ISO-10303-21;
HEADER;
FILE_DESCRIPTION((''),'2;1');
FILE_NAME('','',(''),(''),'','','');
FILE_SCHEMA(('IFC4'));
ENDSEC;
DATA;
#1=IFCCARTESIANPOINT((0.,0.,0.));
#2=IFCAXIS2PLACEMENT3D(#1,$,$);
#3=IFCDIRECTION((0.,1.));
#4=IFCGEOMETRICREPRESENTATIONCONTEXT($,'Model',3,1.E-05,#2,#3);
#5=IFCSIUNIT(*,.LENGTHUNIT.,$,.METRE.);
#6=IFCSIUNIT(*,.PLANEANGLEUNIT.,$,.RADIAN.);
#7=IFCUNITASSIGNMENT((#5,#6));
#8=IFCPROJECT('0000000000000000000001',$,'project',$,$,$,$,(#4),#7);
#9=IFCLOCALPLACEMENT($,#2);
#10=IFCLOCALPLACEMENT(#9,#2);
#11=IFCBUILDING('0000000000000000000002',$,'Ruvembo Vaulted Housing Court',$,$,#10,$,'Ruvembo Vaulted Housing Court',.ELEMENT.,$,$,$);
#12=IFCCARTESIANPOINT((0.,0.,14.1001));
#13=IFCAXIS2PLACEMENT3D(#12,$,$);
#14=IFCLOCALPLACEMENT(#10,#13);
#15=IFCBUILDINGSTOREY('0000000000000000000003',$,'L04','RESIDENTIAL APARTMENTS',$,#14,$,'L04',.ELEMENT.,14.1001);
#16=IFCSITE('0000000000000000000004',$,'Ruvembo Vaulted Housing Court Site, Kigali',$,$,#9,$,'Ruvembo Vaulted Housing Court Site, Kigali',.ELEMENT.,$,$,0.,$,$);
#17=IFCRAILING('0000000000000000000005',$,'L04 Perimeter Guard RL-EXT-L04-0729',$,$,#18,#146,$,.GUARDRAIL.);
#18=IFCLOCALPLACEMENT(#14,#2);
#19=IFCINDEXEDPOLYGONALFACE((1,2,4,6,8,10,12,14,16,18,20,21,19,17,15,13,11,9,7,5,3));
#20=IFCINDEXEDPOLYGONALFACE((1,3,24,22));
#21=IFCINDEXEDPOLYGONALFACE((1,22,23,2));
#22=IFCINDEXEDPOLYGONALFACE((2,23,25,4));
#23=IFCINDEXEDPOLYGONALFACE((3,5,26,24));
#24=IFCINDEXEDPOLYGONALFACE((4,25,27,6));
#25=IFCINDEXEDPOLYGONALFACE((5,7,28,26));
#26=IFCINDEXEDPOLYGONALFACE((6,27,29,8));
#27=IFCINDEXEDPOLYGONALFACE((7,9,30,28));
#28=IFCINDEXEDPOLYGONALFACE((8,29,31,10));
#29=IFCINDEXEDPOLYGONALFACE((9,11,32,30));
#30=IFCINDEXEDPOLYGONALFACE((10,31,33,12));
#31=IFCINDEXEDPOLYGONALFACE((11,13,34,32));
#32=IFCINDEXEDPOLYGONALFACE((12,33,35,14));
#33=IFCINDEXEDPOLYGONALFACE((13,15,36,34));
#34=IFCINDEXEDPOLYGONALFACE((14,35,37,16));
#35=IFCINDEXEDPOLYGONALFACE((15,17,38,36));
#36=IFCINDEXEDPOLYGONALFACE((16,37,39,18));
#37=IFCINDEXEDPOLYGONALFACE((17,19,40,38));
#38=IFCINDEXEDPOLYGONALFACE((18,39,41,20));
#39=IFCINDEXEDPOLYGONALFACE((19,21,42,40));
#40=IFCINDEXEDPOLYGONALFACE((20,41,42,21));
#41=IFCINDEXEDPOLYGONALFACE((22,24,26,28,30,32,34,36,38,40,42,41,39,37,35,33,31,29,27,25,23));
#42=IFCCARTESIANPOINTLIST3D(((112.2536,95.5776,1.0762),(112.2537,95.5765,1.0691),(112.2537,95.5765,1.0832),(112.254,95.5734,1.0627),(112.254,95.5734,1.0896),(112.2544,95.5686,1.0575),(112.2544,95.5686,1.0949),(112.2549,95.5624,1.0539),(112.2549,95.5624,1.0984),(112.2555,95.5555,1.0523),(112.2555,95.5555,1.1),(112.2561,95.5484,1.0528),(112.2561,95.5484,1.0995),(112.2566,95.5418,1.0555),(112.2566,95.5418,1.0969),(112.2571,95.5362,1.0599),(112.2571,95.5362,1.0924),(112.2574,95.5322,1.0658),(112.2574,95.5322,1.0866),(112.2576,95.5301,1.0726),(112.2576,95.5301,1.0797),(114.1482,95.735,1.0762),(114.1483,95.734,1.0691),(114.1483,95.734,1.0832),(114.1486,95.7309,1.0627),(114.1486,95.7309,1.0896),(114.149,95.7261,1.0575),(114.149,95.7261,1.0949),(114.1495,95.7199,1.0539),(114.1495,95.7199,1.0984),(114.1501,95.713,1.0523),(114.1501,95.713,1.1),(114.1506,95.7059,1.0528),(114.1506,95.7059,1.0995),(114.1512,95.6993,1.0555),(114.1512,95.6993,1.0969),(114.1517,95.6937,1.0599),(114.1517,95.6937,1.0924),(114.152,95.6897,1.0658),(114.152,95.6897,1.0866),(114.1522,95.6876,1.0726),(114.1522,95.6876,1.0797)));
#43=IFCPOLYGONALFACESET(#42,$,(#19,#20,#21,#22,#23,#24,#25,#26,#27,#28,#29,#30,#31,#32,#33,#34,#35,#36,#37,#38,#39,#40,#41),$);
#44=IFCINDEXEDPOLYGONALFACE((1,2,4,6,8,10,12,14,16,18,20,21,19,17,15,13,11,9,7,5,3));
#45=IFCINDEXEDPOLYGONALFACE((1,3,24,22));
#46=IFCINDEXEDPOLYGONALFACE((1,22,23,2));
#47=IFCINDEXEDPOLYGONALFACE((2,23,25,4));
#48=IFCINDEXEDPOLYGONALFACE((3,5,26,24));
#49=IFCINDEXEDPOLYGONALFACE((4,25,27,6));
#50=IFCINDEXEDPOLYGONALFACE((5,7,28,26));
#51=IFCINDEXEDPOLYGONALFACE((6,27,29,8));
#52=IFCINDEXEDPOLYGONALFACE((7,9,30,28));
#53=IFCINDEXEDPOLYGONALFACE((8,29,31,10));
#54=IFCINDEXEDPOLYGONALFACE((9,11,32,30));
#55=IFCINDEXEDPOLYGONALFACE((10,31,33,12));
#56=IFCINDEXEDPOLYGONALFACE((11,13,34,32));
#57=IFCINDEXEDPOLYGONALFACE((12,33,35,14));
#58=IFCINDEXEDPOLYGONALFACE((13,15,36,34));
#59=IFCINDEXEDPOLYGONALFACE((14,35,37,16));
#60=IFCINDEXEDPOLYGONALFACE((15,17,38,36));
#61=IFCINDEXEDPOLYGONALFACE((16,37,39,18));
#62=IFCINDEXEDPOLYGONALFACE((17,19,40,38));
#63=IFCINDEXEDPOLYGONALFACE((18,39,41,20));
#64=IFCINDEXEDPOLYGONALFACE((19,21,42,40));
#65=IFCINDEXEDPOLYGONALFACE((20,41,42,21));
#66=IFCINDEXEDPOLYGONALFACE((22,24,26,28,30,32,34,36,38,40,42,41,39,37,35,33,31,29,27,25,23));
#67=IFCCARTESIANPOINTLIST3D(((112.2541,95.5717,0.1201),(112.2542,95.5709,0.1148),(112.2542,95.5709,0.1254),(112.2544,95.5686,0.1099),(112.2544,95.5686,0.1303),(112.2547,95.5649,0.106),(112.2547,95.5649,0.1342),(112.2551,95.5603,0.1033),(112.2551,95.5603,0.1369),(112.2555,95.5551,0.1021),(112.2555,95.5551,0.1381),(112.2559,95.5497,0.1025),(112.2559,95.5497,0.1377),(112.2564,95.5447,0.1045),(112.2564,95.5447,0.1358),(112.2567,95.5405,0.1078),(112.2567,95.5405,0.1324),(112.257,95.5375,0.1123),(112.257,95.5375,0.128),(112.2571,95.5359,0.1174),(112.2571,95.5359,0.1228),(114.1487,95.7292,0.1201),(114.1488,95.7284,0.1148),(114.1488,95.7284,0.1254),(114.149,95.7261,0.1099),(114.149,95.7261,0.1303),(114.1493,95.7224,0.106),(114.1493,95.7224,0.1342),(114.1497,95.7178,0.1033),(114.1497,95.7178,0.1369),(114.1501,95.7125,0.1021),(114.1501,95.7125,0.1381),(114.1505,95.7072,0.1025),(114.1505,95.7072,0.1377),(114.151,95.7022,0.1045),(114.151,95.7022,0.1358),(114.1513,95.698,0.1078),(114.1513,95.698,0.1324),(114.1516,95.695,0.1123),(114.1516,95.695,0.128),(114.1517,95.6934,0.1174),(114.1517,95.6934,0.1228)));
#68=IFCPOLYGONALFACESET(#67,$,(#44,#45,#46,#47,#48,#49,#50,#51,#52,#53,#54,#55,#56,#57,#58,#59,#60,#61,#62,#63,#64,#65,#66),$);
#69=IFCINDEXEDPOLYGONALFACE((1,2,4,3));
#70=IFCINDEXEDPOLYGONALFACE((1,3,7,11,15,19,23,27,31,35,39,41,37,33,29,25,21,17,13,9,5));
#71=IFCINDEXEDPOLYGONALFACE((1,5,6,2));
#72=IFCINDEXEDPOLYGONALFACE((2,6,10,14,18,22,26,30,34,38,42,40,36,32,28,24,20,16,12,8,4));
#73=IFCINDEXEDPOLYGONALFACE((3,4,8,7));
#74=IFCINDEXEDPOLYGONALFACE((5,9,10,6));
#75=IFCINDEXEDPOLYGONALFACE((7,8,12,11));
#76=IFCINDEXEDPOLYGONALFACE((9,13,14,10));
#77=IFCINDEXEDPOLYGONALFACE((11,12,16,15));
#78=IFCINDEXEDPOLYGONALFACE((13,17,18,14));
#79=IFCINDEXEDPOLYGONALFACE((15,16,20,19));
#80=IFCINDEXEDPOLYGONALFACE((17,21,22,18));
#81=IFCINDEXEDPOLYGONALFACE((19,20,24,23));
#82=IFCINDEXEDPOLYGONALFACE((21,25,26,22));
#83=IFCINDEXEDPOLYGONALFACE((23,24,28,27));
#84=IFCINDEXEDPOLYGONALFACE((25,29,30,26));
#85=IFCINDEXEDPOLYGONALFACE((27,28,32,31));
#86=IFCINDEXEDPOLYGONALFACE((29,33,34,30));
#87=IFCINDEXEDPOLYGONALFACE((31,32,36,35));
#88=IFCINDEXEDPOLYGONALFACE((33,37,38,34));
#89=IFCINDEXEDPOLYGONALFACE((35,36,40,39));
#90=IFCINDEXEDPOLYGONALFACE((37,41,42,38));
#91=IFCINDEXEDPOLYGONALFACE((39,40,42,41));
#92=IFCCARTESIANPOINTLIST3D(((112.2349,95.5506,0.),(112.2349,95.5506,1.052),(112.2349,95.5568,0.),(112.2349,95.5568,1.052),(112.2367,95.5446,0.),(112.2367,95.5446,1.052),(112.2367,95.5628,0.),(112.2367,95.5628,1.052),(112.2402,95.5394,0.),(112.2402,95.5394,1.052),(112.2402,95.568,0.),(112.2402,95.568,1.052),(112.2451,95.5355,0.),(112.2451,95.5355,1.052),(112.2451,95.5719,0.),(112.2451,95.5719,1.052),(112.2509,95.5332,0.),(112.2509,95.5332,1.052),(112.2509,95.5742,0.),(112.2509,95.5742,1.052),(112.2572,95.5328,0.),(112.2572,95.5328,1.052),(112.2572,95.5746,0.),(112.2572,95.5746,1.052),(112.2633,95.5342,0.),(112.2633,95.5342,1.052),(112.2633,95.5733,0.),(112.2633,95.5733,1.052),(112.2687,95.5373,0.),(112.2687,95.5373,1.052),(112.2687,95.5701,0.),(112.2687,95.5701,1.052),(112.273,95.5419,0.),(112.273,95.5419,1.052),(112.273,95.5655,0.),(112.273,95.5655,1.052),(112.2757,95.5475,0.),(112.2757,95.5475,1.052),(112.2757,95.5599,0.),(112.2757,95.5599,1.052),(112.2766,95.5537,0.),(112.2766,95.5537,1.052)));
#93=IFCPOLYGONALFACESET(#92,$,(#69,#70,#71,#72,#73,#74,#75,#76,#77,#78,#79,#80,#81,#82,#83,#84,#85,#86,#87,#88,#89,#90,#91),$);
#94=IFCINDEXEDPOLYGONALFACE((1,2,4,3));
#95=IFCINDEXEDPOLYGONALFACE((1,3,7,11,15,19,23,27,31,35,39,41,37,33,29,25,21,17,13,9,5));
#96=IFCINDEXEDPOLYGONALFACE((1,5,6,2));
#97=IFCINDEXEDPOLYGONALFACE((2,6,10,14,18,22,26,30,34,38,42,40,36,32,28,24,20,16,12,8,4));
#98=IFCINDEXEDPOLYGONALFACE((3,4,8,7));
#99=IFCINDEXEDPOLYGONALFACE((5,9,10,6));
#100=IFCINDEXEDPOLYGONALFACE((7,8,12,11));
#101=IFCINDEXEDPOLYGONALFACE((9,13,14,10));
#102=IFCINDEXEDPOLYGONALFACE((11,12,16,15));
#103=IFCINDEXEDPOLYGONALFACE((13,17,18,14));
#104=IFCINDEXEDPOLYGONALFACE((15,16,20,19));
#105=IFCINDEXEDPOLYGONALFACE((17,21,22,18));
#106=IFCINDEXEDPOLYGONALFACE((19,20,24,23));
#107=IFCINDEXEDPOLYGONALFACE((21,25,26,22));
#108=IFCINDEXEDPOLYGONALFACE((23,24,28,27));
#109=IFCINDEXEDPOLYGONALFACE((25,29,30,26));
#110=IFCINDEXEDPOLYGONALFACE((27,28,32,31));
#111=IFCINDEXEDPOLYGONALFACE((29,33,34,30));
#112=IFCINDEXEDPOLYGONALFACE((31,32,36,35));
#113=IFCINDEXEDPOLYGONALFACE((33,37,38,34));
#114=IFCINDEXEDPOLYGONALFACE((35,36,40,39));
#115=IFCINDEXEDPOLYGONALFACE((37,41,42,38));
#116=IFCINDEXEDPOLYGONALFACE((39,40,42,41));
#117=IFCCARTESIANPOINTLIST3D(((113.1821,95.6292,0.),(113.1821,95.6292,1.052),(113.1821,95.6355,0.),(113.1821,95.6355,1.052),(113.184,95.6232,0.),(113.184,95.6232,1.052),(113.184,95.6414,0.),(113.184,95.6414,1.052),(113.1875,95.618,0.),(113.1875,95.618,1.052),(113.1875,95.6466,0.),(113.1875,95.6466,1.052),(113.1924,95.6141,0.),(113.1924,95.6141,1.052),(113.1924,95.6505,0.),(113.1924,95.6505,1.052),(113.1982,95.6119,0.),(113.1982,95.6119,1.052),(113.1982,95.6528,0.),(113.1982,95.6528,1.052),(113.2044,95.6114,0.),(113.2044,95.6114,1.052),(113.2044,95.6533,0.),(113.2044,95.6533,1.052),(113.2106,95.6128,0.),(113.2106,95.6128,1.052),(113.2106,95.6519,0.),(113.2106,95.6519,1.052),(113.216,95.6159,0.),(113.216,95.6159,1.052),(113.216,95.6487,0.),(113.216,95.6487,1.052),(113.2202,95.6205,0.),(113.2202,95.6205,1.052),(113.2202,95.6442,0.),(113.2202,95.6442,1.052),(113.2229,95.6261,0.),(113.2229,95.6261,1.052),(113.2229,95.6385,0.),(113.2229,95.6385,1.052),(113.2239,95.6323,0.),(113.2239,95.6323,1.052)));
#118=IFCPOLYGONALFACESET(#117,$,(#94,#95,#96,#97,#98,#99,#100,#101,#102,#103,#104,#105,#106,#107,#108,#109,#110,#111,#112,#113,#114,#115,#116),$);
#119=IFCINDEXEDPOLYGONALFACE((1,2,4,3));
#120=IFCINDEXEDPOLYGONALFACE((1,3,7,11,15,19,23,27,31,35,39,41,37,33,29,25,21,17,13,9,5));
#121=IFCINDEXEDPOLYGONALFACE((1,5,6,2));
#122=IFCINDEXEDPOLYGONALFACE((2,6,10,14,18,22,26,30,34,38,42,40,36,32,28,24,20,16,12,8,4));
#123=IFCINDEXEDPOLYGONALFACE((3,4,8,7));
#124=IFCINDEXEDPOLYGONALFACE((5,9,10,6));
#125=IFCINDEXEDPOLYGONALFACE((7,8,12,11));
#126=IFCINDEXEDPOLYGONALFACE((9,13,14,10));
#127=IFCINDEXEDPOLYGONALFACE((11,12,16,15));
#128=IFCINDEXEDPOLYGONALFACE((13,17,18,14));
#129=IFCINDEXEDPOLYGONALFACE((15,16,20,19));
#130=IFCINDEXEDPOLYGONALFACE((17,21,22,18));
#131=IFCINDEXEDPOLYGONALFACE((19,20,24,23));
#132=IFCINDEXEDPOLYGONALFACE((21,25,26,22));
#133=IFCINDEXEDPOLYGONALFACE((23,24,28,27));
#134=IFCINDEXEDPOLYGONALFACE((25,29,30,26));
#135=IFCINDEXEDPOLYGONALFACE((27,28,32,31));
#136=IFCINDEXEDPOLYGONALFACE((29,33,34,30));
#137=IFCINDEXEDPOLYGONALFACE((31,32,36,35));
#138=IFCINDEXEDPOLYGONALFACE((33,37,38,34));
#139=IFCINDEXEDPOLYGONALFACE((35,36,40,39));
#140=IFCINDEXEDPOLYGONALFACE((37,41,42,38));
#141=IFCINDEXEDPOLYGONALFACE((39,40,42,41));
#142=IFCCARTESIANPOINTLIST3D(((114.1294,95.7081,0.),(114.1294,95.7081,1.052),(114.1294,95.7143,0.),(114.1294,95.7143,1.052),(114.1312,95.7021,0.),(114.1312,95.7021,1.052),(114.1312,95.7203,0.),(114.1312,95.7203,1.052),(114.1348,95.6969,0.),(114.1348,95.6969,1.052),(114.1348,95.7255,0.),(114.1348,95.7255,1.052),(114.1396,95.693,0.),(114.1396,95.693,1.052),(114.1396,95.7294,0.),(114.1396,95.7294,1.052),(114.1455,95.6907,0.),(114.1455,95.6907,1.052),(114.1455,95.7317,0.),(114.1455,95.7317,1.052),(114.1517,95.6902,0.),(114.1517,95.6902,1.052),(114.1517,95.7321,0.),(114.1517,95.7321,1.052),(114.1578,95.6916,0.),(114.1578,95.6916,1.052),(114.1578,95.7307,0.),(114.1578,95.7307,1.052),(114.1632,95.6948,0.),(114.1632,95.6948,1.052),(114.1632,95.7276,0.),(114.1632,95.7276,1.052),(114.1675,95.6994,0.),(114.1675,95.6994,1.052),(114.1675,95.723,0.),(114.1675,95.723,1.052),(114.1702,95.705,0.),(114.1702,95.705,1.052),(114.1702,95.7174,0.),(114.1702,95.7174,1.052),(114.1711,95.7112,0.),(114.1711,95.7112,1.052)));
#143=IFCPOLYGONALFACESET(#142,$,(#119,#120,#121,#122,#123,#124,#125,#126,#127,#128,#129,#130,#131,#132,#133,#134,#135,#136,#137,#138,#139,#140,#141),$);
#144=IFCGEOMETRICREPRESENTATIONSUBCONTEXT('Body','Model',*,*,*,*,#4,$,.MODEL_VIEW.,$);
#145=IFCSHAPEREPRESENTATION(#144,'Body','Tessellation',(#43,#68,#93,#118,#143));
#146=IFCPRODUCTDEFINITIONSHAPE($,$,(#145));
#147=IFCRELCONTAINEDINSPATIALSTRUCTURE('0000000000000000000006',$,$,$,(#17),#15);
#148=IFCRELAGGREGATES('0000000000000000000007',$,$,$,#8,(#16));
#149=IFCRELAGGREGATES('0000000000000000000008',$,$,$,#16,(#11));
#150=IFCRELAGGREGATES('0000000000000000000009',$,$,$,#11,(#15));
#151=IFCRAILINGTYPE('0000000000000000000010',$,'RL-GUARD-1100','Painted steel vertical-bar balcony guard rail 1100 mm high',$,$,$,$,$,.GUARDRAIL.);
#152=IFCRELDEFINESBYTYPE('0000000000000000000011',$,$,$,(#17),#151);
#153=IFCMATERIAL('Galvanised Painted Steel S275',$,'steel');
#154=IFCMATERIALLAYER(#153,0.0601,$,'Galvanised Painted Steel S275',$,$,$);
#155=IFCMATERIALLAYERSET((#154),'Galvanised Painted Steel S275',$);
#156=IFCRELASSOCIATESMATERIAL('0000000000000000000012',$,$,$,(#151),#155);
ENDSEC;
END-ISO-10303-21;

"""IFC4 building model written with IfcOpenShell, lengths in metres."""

from ifc_helpers import new_model, si_unit, direction, frame, origin, origin_2d, place, context, subcontext, project, spatial, circle, extrude, material, layer, layer_set, type_object, element, save


model = new_model("IFC4")

# Units and contexts
model_context = context("Model", 3, precision=1e-05, world=origin(), true_north=direction((0.0, 1.0)))
body_context = subcontext(model_context, "Body", "Model", "MODEL_VIEW")
ifc_project = project(units=[si_unit("LENGTHUNIT", "METRE"), si_unit("PLANEANGLEUNIT", "RADIAN")], contexts=[model_context])

# Site, building, storey
site_placement = place(None, origin())
site = spatial("IfcSite", under=ifc_project, at=site_placement, Name="Ruvembo Vaulted Housing Court Site, Kigali", LongName="Ruvembo Vaulted Housing Court Site, Kigali", CompositionType="ELEMENT", RefElevation=0.0)
building_placement = place(site_placement, origin())
building = spatial("IfcBuilding", under=site, at=building_placement, Name="Ruvembo Vaulted Housing Court", LongName="Ruvembo Vaulted Housing Court", CompositionType="ELEMENT")
storey_placement = place(building_placement, frame((0.0, 0.0, 14.1001)))
storey = spatial("IfcBuildingStorey", under=building, at=storey_placement, Name="L04", Description="RESIDENTIAL APARTMENTS", LongName="L04", CompositionType="ELEMENT", Elevation=14.1001)

# Railing
ifc_material_1 = material(Name="Galvanised Painted Steel S275", Category="steel")
ifc_layer = layer(ifc_material_1, 0.0601, Name="Galvanised Painted Steel S275")
ifc_layer_set = layer_set([ifc_layer], Name="Galvanised Painted Steel S275")
railing_type = type_object("IfcRailingType", Name="RL-GUARD-1100", Description="Painted steel vertical-bar balcony guard rail 1100 mm high", PredefinedType="GUARDRAIL", material=ifc_layer_set)
railing_1_placement = place(storey_placement, frame((112.2556, 95.5537, 0.0)))
element("IfcRailing", 1, at=railing_1_placement, inside=storey, type_object=railing_type, Name="L04 Perimeter Guard RL-EXT-L04-0729", PredefinedType="GUARDRAIL", context=body_context, shape_type="SweptSolid", body=[
    extrude(circle(Radius=0.0239, at=origin_2d()), frame((0.0, 0.0, 1.0762), z_axis=(0.996563, 0.082833, 0.0), x_axis=(-0.082833, 0.996563, 0.0)), (0.0, 0.0, 1.0), 1.9011),
    extrude(circle(Radius=0.0181, at=origin_2d()), frame((0.0, 0.0, 0.1201), z_axis=(0.996563, 0.082833, 0.0), x_axis=(-0.082833, 0.996563, 0.0)), (0.0, 0.0, 1.0), 1.9011),
    extrude(circle(Radius=0.021, at=origin_2d()), origin(), (0.0, 0.0, 1.0), 1.052),
    extrude(circle(Radius=0.021, at=origin_2d()), frame((0.9473, 0.0786, 0.0)), (0.0, 0.0, 1.0), 1.052),
    extrude(circle(Radius=0.021, at=origin_2d()), frame((1.8945, 0.1575, 0.0)), (0.0, 0.0, 1.0), 1.052),
])

save(model, "model.ifc")
